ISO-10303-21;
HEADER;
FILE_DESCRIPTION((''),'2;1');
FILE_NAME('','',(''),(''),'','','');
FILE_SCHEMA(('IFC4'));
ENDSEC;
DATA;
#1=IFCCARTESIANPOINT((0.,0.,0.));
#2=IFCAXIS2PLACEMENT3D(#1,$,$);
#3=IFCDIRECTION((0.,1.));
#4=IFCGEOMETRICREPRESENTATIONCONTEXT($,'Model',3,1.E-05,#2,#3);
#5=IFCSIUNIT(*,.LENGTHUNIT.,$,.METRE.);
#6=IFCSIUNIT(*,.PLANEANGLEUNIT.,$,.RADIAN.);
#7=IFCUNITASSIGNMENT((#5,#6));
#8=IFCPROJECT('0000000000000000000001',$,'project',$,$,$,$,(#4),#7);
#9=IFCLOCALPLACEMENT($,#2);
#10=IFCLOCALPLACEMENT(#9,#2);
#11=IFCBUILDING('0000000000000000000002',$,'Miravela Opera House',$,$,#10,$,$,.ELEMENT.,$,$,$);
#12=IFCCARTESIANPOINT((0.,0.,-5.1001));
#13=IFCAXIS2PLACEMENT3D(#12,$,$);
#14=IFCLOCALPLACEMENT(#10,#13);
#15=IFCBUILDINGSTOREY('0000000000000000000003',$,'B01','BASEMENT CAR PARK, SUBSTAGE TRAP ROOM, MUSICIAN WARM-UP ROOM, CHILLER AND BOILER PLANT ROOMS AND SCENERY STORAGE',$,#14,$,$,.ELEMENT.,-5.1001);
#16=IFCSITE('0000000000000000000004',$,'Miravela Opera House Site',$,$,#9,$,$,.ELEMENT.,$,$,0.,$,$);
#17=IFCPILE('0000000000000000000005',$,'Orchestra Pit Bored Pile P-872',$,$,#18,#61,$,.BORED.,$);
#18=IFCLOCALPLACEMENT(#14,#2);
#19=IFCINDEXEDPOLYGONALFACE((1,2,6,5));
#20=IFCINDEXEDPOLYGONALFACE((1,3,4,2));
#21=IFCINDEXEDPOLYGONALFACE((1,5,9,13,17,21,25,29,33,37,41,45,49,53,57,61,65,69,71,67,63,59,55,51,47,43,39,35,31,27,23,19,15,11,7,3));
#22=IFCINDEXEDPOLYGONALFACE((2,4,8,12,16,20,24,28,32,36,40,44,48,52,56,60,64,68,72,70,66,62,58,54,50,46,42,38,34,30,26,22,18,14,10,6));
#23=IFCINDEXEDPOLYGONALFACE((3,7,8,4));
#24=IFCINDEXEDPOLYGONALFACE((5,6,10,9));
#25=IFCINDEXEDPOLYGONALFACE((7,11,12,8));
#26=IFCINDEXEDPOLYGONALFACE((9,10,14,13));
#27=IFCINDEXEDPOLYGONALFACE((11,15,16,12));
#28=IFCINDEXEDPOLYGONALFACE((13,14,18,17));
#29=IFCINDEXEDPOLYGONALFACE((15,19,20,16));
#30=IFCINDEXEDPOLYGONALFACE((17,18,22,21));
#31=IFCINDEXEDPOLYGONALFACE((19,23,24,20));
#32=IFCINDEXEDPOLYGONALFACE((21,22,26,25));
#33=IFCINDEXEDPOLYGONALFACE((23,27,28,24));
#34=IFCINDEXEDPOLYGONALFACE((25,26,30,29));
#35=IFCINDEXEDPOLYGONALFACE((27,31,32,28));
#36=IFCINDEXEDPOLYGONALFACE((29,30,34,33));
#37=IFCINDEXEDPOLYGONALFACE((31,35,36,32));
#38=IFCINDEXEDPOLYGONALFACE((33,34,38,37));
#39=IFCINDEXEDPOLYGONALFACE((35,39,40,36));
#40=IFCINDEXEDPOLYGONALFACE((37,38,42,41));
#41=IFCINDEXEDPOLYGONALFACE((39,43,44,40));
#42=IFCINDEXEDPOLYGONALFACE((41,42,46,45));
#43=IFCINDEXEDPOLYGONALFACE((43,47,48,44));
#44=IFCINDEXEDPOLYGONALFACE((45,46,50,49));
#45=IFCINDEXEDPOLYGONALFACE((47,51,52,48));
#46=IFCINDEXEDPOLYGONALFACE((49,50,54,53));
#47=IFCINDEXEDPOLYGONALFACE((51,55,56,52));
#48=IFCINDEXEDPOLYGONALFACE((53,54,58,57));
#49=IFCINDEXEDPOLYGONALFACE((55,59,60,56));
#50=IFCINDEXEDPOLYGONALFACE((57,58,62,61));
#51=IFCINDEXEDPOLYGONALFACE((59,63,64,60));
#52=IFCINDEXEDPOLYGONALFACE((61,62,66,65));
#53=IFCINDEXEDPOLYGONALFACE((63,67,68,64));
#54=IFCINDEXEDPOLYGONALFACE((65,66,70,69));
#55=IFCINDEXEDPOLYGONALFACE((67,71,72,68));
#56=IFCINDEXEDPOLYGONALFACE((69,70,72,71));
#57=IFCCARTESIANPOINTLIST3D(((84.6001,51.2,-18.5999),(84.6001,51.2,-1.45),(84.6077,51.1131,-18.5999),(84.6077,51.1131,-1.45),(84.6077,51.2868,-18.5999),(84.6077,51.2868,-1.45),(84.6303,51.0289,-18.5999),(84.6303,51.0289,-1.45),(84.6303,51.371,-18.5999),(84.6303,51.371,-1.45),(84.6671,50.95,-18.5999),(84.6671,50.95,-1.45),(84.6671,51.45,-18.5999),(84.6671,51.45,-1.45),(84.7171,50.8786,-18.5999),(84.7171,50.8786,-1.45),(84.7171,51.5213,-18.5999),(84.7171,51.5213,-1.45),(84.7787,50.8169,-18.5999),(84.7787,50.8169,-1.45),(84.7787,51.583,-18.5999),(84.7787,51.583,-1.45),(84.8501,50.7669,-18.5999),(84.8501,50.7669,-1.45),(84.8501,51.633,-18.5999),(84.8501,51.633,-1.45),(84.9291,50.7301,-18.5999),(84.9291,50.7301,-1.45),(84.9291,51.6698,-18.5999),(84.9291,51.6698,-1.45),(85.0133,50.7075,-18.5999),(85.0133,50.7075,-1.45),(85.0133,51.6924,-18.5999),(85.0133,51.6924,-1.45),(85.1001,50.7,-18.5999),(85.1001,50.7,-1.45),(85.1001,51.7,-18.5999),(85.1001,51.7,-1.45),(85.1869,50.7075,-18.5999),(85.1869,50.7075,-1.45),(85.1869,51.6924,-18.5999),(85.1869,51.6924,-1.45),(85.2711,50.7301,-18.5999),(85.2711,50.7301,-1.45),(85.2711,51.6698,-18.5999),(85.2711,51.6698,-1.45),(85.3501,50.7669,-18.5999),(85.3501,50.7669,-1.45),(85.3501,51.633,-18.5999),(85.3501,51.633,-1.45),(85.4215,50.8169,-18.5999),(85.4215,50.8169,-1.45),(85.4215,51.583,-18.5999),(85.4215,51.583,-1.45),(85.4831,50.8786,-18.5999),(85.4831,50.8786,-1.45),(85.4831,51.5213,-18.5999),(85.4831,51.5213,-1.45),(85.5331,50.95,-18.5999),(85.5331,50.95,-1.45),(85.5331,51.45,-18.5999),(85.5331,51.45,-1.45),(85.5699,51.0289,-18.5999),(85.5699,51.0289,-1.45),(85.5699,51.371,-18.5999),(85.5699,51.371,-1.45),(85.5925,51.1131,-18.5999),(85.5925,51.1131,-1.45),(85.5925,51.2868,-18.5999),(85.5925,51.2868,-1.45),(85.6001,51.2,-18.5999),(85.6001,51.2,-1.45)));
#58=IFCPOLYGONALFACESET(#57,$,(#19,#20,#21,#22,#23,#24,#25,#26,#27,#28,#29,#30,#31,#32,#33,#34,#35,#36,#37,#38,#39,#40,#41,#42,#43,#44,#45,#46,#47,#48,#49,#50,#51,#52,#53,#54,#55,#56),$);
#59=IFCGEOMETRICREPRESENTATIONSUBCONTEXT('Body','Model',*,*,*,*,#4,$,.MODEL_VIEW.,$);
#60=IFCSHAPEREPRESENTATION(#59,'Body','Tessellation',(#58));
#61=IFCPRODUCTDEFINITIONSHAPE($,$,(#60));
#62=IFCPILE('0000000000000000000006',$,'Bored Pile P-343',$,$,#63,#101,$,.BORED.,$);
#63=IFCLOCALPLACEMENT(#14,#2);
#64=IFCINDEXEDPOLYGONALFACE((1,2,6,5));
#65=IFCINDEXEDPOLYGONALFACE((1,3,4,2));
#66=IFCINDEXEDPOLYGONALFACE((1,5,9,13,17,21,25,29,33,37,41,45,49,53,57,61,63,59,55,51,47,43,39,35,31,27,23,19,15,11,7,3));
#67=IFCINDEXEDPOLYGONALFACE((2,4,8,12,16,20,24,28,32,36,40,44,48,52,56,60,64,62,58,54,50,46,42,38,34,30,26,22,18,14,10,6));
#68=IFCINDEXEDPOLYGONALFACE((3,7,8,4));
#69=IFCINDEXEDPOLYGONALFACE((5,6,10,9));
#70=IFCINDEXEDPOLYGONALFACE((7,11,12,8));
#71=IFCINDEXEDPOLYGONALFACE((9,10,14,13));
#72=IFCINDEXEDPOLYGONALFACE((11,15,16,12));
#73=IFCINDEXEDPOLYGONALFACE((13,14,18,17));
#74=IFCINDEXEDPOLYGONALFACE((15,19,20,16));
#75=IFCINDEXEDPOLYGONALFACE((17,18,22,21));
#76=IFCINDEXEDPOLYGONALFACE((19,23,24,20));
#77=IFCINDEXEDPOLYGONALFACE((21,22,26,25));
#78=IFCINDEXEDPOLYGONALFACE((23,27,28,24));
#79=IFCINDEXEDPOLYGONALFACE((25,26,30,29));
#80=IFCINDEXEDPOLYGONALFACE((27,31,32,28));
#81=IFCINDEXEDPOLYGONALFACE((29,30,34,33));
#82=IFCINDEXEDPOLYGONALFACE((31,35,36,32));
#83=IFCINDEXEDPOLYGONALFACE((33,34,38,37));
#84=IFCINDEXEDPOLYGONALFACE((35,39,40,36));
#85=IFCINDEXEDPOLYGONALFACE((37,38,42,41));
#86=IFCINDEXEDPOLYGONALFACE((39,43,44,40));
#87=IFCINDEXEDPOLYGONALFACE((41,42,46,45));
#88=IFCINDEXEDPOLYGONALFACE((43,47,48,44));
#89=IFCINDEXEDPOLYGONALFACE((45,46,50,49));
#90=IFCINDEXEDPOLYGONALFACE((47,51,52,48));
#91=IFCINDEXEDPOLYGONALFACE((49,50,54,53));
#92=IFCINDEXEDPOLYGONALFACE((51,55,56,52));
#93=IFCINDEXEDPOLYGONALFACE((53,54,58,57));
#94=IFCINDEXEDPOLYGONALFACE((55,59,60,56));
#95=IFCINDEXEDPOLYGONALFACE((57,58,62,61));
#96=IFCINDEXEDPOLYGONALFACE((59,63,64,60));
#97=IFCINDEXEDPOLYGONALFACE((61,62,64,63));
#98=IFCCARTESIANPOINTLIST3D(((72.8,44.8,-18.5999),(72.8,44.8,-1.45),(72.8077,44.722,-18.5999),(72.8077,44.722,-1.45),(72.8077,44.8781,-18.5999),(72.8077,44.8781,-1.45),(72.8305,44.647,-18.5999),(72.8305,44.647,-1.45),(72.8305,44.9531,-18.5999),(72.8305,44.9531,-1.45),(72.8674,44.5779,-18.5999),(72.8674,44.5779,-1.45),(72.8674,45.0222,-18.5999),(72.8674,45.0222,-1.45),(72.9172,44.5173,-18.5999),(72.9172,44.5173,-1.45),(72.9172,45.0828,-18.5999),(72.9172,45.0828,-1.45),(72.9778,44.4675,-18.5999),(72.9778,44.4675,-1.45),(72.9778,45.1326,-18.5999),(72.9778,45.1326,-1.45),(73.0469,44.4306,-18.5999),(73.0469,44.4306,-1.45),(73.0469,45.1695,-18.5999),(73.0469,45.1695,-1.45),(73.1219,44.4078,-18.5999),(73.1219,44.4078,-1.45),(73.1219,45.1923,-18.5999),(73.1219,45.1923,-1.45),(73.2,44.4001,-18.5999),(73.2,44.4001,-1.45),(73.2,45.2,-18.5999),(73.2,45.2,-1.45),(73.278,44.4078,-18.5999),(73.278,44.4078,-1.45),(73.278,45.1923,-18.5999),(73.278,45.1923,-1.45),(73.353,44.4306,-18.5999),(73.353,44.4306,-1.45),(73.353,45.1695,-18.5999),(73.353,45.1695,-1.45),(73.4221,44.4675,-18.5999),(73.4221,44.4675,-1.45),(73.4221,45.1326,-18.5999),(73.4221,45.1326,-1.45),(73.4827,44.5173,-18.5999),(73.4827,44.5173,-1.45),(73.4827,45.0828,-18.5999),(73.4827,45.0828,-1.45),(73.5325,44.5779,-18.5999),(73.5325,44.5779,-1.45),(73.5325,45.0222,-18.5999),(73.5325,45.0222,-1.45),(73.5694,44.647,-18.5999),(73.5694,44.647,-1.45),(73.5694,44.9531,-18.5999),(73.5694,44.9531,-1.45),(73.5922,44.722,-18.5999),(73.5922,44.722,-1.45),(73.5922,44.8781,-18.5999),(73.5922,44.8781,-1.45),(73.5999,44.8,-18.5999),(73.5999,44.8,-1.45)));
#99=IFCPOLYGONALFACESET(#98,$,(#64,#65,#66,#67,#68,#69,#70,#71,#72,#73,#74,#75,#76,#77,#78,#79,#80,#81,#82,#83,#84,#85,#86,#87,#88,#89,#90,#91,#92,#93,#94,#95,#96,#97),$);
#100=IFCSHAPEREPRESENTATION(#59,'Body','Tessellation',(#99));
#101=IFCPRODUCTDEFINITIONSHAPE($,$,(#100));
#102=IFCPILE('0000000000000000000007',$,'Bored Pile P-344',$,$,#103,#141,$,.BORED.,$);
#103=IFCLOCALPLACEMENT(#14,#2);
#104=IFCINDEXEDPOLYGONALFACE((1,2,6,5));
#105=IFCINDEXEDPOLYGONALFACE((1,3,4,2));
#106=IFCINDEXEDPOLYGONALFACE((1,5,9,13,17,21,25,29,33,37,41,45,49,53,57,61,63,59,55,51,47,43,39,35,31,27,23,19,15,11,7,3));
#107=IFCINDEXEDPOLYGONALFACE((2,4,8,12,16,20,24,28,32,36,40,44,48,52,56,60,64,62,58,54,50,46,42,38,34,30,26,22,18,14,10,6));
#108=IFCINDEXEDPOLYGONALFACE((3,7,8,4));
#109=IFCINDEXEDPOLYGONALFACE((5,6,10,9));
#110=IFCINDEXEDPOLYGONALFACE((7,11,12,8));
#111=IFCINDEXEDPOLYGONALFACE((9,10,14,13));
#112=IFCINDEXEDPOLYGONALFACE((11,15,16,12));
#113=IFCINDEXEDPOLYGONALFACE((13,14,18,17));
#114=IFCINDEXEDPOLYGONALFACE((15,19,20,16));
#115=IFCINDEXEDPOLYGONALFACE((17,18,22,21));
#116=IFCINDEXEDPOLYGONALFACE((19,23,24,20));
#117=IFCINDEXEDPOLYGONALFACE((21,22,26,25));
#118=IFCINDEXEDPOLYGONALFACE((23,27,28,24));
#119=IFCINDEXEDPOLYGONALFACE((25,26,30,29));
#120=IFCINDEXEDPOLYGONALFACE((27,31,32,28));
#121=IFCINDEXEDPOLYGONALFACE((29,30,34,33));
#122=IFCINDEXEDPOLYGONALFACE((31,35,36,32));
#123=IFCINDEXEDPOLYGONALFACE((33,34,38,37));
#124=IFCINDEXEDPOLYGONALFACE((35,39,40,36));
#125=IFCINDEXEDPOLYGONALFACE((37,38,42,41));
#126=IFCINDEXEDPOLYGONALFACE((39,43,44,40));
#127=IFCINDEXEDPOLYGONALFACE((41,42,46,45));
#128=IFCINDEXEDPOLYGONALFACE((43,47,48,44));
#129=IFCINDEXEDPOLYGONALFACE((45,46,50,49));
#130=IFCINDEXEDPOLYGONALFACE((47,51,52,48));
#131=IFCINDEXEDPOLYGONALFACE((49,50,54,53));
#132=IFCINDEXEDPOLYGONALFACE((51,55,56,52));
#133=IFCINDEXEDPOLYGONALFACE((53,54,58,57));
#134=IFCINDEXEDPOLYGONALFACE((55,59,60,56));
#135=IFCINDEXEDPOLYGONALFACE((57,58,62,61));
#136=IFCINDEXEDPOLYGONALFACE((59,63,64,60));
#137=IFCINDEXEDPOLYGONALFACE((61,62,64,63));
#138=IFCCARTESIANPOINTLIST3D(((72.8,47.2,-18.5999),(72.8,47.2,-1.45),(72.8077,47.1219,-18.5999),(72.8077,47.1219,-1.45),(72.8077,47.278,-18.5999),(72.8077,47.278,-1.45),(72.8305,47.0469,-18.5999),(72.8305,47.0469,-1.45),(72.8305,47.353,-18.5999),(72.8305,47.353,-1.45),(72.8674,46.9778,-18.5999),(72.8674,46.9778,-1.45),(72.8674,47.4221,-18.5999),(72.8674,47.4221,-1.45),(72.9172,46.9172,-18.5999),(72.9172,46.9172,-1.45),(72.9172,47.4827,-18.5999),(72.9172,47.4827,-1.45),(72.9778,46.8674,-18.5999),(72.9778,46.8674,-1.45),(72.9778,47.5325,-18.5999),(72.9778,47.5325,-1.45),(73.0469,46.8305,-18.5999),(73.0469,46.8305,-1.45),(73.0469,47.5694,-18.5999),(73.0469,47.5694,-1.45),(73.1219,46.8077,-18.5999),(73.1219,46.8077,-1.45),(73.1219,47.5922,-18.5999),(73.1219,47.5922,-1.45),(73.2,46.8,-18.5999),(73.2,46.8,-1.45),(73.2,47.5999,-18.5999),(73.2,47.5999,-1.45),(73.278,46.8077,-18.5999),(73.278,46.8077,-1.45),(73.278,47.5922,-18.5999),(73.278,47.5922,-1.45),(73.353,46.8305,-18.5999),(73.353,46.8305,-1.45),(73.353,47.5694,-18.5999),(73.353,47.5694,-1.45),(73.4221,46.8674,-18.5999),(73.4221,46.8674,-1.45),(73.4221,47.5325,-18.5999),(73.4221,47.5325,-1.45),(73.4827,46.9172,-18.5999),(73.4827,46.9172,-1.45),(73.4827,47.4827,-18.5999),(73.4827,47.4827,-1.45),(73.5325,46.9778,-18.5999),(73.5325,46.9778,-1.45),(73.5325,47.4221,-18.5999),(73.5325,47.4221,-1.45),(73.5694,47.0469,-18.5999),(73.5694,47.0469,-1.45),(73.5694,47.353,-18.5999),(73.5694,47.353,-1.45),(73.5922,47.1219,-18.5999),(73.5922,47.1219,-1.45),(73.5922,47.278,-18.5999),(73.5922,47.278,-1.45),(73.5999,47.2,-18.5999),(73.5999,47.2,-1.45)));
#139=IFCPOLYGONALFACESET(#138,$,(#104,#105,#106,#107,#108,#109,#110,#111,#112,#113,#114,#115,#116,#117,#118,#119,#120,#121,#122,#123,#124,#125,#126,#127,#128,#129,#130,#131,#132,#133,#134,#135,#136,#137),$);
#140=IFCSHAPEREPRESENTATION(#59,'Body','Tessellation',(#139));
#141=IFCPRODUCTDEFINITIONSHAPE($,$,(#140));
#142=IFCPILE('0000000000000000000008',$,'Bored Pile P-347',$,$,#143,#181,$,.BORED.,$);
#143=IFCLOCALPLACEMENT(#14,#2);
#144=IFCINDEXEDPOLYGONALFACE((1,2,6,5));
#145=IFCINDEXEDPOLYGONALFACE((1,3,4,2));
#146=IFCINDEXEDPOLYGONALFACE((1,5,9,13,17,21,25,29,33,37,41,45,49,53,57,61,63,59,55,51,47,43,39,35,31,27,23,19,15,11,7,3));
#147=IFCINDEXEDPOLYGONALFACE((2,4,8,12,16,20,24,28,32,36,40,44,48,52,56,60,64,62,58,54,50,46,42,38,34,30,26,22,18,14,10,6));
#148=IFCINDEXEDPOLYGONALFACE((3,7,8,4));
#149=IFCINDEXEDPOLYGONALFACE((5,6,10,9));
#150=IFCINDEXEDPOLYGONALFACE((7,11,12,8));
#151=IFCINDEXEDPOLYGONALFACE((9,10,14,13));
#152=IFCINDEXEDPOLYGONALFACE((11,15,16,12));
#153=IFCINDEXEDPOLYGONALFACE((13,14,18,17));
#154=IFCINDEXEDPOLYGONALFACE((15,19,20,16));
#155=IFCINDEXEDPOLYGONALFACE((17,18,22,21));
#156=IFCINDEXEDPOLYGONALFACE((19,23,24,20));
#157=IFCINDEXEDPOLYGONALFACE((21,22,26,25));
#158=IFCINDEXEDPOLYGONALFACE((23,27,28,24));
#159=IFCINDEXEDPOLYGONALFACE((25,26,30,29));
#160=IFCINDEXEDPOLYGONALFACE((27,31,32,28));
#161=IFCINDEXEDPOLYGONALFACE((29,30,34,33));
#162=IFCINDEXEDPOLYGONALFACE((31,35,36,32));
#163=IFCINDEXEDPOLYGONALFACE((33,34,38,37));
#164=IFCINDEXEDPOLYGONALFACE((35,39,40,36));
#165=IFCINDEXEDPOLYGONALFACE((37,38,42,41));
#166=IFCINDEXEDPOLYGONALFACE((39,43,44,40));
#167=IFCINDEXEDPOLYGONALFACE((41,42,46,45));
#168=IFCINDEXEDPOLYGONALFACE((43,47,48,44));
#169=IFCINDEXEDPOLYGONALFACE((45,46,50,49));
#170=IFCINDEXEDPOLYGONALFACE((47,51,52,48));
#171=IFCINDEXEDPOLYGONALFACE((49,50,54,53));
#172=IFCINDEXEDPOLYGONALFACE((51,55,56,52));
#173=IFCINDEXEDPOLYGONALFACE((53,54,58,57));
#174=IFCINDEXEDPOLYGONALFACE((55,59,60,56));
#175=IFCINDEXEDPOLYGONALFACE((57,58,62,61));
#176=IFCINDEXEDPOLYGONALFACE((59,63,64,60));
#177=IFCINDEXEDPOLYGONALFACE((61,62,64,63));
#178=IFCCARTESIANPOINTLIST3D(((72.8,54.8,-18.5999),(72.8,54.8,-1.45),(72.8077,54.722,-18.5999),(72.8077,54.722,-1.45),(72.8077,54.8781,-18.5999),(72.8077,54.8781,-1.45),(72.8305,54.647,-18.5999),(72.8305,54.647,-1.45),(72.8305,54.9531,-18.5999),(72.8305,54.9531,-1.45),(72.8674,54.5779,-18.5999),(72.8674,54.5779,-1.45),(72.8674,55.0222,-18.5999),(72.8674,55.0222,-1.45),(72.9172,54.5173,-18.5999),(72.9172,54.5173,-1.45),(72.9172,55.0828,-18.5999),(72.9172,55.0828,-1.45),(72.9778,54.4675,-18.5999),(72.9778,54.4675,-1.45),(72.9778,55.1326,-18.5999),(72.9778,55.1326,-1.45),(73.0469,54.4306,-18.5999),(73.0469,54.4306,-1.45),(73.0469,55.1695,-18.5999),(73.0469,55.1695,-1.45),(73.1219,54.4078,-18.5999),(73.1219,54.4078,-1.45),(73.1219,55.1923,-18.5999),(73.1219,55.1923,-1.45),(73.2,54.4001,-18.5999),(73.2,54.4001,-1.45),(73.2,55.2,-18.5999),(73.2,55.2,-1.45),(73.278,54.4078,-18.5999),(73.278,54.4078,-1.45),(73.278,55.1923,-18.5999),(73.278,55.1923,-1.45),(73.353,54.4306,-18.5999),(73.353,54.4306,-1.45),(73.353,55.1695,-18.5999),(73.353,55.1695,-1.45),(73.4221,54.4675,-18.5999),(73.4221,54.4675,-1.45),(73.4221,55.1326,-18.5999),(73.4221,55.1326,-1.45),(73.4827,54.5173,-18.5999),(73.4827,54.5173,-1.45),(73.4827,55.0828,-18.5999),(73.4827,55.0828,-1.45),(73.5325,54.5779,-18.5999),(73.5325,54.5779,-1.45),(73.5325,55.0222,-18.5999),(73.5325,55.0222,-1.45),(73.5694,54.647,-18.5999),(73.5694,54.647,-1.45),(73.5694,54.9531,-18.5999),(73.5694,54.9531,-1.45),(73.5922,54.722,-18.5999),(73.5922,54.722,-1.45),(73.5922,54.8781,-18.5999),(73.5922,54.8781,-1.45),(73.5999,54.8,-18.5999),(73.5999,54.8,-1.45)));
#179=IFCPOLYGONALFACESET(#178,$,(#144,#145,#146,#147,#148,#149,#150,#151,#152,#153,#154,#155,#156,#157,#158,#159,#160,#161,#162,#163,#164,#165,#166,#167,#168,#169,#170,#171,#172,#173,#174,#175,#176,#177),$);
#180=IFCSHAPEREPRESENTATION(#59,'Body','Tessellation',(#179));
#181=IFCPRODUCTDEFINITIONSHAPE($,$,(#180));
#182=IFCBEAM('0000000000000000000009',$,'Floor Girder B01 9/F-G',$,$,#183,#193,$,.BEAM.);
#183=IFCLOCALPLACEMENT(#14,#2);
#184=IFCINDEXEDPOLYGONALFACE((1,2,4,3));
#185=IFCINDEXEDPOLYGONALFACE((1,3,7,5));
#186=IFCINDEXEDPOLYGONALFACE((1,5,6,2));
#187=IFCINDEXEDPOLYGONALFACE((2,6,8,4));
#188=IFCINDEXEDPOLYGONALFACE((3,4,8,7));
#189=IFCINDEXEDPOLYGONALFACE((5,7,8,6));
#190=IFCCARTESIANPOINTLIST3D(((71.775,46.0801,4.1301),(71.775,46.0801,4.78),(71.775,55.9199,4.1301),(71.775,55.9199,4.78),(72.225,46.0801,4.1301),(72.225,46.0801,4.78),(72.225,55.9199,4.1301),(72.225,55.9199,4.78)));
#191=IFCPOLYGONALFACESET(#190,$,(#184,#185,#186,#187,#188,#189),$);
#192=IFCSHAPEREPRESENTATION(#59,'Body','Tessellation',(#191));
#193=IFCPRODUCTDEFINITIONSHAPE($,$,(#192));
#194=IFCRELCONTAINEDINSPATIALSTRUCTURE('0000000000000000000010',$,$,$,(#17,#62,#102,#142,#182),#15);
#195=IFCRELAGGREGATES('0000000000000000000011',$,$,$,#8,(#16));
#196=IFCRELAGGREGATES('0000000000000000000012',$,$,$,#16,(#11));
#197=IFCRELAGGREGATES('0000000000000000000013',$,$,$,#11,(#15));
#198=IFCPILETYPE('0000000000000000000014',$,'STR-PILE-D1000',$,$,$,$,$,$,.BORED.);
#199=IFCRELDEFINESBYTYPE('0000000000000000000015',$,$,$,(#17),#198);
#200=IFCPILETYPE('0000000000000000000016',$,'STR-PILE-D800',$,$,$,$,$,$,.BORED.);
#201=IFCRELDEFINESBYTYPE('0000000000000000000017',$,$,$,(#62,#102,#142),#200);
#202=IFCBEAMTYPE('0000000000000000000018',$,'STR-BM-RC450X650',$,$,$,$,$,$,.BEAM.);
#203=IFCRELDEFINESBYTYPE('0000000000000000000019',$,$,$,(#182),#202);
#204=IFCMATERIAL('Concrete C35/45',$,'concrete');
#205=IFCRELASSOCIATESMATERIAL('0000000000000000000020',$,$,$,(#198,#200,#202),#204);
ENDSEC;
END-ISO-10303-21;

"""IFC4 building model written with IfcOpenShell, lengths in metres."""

from ifc_helpers import new_model, si_unit, direction, frame, origin, origin_2d, place, context, subcontext, project, spatial, rectangle, circle, extrude, material, material_profile, profile_set, type_object, element, save


model = new_model("IFC4")

# Units and contexts
model_context = context("Model", 3, precision=1e-05, world=origin(), true_north=direction((0.0, 1.0)))
body_context = subcontext(model_context, "Body", "Model", "MODEL_VIEW")
ifc_project = project(units=[si_unit("LENGTHUNIT", "METRE"), si_unit("PLANEANGLEUNIT", "RADIAN")], contexts=[model_context])

# Site, building, storey
site_placement = place(None, origin())
site = spatial("IfcSite", under=ifc_project, at=site_placement, Name="Miravela Opera House Site", CompositionType="ELEMENT", RefElevation=0.0)
building_placement = place(site_placement, origin())
building = spatial("IfcBuilding", under=site, at=building_placement, Name="Miravela Opera House", CompositionType="ELEMENT")
storey_placement = place(building_placement, frame((0.0, 0.0, -5.1001)))
storey = spatial("IfcBuildingStorey", under=building, at=storey_placement, Name="B01", Description="BASEMENT CAR PARK, SUBSTAGE TRAP ROOM, MUSICIAN WARM-UP ROOM, CHILLER AND BOILER PLANT ROOMS AND SCENERY STORAGE", CompositionType="ELEMENT", Elevation=-5.1001)

# Shared definitions
ifc_material_1 = material(Name="Concrete C35/45", Category="concrete")

# Piles
ifc_material_profile_1 = material_profile(ifc_material_1, circle(Radius=0.5, at=origin_2d()), Name="PILE-D1000")
ifc_profile_set_1 = profile_set([ifc_material_profile_1])
pile_type_1 = type_object("IfcPileType", Name="STR-PILE-D1000", PredefinedType="BORED", material=ifc_profile_set_1)
for number, where, z_axis, x_axis, name in (
    (1, (85.1001, 51.2, -1.45), (0.0, 0.0, -1.0), (1.0, 0.0, 0.0), "Orchestra Pit Bored Pile P-872"),
):
    element("IfcPile", number, at=place(storey_placement, frame(where, z_axis=z_axis, x_axis=x_axis)), inside=storey, type_object=pile_type_1, Name=name, PredefinedType="BORED", context=body_context, shape_type="SweptSolid", body=[
        extrude(circle(Radius=0.5, at=origin_2d()), origin(), (0.0, 0.0, 1.0), 17.1499),
    ])
ifc_material_profile_2 = material_profile(ifc_material_1, circle(Radius=0.3999, at=origin_2d()), Name="PILE-D800")
ifc_profile_set_2 = profile_set([ifc_material_profile_2])
pile_type_2 = type_object("IfcPileType", Name="STR-PILE-D800", PredefinedType="BORED", material=ifc_profile_set_2)
for number, where, z_axis, x_axis, name in (
    (2, (73.2, 44.8, -1.45), (0.0, 0.0, -1.0), (1.0, 0.0, 0.0), "Bored Pile P-343"),
    (3, (73.2, 47.2, -1.45), (0.0, 0.0, -1.0), (1.0, 0.0, 0.0), "Bored Pile P-344"),
    (4, (73.2, 54.8, -1.45), (0.0, 0.0, -1.0), (1.0, 0.0, 0.0), "Bored Pile P-347"),
):
    element("IfcPile", number, at=place(storey_placement, frame(where, z_axis=z_axis, x_axis=x_axis)), inside=storey, type_object=pile_type_2, Name=name, PredefinedType="BORED", context=body_context, shape_type="SweptSolid", body=[
        extrude(circle(Radius=0.3999, at=origin_2d()), origin(), (0.0, 0.0, 1.0), 17.1499),
    ])

# Beam
ifc_material_profile_3 = material_profile(ifc_material_1, rectangle(XDim=0.45, YDim=0.6499, at=origin_2d()), Name="RC-BM-450X650")
ifc_profile_set_3 = profile_set([ifc_material_profile_3])
beam_type_1 = type_object("IfcBeamType", Name="STR-BM-RC450X650", PredefinedType="BEAM", material=ifc_profile_set_3)
beam_1_placement = place(storey_placement, frame((72.0, 46.0801, 4.4551), z_axis=(0.0, 1.0, 0.0), x_axis=(-1.0, 0.0, 0.0)))
element("IfcBeam", 5, at=beam_1_placement, inside=storey, type_object=beam_type_1, Name="Floor Girder B01 9/F-G", PredefinedType="BEAM", context=body_context, shape_type="SweptSolid", body=[
    extrude(rectangle(XDim=0.45, YDim=0.6499, at=origin_2d()), origin(), (0.0, 0.0, 1.0), 9.8398),
])

save(model, "model.ifc")
